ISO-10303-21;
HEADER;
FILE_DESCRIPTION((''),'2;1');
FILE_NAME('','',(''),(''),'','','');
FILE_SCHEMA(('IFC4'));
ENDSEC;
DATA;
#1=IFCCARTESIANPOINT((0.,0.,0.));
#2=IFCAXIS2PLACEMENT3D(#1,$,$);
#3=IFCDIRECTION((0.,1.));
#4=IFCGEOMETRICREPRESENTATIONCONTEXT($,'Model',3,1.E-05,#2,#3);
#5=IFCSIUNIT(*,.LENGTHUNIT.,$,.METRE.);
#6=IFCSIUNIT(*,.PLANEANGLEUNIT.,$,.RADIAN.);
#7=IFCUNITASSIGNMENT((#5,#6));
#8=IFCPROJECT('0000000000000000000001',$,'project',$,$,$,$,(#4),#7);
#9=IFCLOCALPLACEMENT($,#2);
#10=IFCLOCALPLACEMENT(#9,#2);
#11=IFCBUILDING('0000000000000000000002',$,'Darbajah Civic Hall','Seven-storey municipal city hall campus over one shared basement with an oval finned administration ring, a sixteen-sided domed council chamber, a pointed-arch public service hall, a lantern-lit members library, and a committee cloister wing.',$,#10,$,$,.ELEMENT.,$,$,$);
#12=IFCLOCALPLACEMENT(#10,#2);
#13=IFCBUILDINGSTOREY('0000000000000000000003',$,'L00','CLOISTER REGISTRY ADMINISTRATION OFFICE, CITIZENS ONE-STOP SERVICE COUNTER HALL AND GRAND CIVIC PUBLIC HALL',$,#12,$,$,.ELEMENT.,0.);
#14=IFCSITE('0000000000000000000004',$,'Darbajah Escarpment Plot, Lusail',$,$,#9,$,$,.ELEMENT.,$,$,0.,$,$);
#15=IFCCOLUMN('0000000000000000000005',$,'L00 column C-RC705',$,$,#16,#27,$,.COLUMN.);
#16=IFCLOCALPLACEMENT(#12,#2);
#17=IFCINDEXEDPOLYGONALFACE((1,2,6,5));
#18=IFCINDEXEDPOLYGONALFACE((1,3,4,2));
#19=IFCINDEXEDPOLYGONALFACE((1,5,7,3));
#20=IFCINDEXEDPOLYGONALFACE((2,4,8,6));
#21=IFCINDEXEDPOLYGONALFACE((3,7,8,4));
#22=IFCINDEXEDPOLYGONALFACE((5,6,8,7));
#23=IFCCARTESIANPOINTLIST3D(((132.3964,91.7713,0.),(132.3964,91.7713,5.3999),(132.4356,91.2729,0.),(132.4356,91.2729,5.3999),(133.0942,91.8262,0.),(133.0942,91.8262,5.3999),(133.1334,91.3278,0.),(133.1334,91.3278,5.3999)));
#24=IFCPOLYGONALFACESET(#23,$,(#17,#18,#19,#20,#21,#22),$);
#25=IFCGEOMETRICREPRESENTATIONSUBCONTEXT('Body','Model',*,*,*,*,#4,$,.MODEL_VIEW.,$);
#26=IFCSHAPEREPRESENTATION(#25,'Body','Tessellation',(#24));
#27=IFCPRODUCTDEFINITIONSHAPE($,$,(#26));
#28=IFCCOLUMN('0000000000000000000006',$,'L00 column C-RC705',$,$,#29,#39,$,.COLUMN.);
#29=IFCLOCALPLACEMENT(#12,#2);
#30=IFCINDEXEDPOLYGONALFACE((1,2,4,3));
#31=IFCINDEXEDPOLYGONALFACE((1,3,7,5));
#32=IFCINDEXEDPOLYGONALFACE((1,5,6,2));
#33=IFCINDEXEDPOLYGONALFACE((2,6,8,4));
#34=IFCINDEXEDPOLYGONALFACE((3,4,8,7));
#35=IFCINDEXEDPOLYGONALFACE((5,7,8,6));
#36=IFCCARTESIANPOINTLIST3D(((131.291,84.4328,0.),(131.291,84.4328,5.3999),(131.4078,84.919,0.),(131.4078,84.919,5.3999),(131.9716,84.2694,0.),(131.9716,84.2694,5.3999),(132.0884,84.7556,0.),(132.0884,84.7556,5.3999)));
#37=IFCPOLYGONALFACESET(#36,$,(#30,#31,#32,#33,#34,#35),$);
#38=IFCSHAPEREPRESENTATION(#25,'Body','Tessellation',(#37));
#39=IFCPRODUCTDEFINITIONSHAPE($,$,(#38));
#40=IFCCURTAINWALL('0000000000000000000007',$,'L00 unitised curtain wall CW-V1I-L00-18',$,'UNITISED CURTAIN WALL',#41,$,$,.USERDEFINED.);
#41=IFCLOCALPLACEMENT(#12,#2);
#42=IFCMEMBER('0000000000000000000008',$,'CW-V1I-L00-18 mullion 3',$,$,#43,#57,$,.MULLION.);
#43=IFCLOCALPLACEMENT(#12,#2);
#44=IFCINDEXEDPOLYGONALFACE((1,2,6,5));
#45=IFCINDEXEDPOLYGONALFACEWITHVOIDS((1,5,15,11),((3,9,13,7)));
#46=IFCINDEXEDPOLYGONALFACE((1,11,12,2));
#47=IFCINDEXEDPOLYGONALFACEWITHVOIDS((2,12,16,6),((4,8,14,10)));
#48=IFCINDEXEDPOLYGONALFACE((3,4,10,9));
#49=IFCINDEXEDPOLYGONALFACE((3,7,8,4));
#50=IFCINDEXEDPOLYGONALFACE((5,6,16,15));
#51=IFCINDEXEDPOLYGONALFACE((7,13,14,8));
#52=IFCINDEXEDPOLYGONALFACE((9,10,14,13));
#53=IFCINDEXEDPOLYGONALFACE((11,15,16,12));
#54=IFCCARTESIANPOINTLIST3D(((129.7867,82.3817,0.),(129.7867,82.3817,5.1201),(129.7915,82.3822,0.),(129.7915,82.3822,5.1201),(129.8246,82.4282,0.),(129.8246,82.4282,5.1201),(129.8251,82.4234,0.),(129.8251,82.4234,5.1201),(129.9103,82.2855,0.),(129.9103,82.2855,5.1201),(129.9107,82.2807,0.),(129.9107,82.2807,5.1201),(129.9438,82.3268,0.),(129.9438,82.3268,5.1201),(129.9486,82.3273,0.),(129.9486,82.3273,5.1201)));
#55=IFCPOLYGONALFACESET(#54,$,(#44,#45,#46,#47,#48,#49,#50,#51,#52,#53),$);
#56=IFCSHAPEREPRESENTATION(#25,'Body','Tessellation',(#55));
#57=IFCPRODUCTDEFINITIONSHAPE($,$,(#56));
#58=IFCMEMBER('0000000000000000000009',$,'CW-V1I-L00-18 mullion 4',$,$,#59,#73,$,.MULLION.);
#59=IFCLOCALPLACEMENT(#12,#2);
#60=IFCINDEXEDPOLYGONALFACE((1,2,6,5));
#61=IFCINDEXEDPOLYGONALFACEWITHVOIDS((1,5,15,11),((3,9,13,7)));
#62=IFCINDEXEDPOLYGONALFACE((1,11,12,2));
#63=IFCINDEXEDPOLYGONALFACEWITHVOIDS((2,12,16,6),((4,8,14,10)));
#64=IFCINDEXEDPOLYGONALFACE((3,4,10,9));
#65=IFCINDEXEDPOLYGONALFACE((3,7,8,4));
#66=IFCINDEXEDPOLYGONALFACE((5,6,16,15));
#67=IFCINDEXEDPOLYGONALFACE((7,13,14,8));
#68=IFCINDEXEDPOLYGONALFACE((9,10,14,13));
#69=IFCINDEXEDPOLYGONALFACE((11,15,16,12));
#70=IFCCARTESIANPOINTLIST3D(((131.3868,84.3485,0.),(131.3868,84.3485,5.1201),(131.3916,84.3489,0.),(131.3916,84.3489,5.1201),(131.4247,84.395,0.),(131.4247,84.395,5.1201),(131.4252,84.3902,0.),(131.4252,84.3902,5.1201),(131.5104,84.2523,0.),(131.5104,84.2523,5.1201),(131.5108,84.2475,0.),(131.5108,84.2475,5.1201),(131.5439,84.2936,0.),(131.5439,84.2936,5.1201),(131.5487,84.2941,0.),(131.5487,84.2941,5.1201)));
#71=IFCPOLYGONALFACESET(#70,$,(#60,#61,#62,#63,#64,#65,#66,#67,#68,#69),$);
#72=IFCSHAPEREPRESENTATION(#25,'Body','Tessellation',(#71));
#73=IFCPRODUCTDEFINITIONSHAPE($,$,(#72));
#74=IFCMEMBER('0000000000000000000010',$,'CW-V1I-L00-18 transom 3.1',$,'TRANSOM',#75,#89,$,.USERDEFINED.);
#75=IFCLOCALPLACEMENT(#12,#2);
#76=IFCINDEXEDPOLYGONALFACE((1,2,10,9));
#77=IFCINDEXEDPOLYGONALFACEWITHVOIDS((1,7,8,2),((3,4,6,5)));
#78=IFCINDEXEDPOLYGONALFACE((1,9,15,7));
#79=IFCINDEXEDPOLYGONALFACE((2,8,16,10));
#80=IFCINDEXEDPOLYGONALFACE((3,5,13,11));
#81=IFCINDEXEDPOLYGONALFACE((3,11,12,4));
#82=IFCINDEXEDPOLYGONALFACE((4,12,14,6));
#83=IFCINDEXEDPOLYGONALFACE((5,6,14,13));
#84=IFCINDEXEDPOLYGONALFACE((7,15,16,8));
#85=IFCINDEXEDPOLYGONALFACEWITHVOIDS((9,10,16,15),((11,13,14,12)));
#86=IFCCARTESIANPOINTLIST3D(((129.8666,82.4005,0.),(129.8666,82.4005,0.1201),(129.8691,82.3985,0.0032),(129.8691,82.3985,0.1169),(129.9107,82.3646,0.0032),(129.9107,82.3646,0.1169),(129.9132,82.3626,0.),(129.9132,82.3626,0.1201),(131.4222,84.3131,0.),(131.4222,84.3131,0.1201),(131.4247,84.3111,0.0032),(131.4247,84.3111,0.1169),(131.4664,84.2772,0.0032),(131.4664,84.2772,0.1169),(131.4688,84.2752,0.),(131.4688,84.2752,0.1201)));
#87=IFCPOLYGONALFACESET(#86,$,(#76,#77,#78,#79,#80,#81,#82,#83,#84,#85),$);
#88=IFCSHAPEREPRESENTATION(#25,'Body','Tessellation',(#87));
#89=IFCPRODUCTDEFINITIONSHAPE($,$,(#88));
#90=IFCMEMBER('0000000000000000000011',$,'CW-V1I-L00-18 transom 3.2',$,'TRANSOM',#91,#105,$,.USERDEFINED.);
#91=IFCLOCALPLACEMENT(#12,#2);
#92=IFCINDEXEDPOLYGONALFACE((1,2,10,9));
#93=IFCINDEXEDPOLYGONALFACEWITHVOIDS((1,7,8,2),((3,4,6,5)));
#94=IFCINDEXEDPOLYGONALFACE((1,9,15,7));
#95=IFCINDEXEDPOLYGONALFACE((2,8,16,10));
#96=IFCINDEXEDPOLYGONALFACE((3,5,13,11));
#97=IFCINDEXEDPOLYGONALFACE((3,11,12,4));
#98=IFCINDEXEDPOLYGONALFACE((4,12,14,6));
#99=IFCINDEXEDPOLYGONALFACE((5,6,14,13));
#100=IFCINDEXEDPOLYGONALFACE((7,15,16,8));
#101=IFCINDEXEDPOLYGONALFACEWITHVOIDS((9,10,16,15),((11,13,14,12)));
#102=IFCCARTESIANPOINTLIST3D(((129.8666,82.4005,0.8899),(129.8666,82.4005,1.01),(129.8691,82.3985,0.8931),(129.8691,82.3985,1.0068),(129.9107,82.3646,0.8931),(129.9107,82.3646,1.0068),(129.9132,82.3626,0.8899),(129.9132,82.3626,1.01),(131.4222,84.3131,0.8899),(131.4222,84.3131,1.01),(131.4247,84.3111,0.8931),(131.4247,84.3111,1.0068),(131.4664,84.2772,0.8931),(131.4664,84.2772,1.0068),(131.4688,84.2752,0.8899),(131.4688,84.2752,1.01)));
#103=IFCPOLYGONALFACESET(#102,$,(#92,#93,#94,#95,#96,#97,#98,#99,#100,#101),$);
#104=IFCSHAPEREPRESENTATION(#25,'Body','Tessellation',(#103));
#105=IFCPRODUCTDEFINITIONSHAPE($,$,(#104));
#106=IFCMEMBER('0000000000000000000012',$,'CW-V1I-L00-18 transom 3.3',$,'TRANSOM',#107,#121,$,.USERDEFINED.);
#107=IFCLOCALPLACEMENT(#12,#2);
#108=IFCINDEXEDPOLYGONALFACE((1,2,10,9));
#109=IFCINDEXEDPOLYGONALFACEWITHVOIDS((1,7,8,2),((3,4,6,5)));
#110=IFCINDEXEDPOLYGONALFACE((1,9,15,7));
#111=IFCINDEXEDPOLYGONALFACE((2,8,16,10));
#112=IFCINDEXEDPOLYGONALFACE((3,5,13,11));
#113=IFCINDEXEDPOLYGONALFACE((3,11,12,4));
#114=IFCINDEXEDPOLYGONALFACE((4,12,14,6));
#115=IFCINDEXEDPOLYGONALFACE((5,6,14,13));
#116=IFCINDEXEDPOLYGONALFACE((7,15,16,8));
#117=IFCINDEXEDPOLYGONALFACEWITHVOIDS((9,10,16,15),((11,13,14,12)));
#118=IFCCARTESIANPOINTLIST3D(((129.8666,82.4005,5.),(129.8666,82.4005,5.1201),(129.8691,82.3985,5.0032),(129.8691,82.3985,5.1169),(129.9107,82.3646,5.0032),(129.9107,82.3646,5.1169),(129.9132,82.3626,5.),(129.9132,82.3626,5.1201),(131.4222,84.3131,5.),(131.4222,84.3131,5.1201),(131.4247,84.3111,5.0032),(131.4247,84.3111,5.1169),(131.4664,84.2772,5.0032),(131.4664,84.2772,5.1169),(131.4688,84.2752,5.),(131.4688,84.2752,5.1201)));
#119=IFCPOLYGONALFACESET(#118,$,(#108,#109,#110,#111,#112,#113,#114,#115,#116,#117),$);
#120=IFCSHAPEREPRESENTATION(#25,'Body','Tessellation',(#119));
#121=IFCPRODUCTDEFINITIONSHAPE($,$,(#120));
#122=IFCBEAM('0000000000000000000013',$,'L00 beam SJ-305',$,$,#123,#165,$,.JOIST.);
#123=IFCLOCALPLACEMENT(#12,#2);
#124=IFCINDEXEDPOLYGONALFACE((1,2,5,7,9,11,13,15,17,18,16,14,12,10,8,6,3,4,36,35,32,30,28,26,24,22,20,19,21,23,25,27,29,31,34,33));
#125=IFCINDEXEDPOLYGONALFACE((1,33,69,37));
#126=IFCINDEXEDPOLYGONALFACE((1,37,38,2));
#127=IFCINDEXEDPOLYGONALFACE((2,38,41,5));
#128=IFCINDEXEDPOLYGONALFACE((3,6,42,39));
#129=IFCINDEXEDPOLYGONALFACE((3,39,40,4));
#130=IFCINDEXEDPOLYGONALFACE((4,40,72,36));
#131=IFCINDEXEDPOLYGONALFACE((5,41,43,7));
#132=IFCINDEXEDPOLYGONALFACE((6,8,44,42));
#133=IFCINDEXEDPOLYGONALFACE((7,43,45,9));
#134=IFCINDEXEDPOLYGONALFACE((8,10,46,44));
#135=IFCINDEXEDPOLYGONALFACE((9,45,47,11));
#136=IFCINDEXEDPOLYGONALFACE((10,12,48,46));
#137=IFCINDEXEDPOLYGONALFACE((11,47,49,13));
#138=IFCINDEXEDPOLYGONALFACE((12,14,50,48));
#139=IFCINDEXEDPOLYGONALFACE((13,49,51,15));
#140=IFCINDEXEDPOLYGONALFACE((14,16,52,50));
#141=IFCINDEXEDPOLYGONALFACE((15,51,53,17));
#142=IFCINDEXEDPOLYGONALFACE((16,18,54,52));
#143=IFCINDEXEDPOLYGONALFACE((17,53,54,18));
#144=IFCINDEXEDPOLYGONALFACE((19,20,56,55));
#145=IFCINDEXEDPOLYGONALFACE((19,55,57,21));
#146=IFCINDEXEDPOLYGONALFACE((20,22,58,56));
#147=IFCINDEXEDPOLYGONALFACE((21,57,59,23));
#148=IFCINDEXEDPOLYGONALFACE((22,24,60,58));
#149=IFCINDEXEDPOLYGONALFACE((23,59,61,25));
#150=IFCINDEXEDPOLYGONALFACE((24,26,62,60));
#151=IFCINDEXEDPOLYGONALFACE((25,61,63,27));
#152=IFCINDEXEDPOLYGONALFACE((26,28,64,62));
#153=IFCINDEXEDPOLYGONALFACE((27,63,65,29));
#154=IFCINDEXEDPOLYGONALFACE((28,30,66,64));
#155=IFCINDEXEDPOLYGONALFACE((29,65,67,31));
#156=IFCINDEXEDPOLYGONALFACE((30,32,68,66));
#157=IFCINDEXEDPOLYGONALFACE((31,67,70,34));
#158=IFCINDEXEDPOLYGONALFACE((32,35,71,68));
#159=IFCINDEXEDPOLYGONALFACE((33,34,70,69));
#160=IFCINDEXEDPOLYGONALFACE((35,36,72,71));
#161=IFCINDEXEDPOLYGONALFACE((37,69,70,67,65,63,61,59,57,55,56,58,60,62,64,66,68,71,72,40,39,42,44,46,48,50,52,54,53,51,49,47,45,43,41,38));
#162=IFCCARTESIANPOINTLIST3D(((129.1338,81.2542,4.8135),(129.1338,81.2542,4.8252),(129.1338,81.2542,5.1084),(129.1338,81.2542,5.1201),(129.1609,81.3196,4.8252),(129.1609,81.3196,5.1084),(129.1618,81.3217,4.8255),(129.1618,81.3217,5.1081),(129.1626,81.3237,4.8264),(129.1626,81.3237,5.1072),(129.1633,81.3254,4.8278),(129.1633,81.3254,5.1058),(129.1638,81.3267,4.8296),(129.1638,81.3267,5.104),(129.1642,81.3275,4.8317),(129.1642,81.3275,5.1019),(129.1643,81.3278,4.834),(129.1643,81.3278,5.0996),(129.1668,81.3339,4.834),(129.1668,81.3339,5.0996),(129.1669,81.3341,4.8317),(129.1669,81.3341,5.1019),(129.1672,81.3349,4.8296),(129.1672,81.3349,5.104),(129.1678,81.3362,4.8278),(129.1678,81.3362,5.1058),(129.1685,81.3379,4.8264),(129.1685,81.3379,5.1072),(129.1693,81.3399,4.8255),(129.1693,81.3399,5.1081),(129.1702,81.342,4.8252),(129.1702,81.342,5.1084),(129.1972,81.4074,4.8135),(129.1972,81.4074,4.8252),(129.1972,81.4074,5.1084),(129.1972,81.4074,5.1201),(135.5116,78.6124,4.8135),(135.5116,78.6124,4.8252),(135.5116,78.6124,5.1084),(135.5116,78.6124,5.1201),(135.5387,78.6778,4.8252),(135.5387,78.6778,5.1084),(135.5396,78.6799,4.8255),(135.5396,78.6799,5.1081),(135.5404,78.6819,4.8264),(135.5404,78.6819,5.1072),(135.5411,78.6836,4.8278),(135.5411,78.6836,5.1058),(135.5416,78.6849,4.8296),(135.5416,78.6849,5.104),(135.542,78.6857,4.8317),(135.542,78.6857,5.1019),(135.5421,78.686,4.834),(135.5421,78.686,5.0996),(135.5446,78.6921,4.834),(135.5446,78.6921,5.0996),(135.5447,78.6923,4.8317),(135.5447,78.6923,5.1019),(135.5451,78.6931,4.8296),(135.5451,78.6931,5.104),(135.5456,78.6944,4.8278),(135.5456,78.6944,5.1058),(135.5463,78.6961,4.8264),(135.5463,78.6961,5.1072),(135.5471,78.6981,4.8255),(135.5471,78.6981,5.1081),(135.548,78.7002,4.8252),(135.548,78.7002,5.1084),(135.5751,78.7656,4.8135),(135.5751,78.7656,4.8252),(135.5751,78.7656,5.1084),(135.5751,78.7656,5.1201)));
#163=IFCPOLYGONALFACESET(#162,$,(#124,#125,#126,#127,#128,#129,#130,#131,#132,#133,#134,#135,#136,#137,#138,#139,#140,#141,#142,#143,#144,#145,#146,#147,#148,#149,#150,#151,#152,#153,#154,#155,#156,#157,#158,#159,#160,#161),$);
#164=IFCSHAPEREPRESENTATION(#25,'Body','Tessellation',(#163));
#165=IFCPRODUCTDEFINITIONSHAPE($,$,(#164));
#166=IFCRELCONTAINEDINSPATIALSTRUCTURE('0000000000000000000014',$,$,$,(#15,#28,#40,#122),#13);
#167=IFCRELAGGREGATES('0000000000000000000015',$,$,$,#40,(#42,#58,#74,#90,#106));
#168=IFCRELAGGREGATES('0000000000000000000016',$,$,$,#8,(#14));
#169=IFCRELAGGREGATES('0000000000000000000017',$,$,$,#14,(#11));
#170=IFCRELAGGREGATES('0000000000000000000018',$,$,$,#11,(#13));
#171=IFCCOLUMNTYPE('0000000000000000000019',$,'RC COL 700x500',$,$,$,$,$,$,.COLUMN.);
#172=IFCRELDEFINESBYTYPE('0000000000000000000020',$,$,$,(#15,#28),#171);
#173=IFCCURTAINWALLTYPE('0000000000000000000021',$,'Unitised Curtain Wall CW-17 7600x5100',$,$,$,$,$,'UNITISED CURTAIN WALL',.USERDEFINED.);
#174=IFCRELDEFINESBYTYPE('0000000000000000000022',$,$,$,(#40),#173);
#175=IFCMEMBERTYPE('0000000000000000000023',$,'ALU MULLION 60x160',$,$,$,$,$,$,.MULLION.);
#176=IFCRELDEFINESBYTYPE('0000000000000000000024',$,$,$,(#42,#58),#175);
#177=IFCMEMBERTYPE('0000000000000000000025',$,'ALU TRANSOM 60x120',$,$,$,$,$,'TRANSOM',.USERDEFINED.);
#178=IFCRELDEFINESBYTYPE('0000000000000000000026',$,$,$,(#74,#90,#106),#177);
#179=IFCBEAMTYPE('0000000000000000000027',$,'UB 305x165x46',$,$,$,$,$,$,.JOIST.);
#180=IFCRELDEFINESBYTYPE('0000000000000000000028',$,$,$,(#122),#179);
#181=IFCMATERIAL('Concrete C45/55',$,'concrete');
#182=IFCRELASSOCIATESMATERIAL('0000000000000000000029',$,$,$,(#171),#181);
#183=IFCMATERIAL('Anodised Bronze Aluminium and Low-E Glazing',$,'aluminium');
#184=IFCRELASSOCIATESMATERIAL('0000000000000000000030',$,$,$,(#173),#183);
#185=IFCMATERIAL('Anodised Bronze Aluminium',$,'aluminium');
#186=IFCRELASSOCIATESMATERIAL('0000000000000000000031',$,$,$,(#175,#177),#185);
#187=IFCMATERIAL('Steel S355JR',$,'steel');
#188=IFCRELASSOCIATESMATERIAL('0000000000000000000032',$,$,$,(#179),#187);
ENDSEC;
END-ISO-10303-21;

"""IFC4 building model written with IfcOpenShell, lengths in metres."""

from ifc_helpers import new_model, si_unit, direction, frame, origin, origin_2d, place, context, subcontext, project, spatial, rectangle, hollow_rectangle, i_section, extrude, material, material_profile, profile_set, type_object, element, aggregate, save


model = new_model("IFC4")

# Units and contexts
model_context = context("Model", 3, precision=1e-05, world=origin(), true_north=direction((0.0, 1.0)))
body_context = subcontext(model_context, "Body", "Model", "MODEL_VIEW")
ifc_project = project(units=[si_unit("LENGTHUNIT", "METRE"), si_unit("PLANEANGLEUNIT", "RADIAN")], contexts=[model_context])

# Site, building, storey
site_placement = place(None, origin())
site = spatial("IfcSite", under=ifc_project, at=site_placement, Name="Darbajah Escarpment Plot, Lusail", CompositionType="ELEMENT", RefElevation=0.0)
building_placement = place(site_placement, origin())
building = spatial("IfcBuilding", under=site, at=building_placement, Name="Darbajah Civic Hall", Description="Seven-storey municipal city hall campus over one shared basement with an oval finned administration ring, a sixteen-sided domed council chamber, a pointed-arch public service hall, a lantern-lit members library, and a committee cloister wing.", CompositionType="ELEMENT")
storey_placement = place(building_placement, origin())
storey = spatial("IfcBuildingStorey", under=building, at=storey_placement, Name="L00", Description="CLOISTER REGISTRY ADMINISTRATION OFFICE, CITIZENS ONE-STOP SERVICE COUNTER HALL AND GRAND CIVIC PUBLIC HALL", CompositionType="ELEMENT", Elevation=0.0)

# Columns
ifc_material_1 = material(Name="Concrete C45/55", Category="concrete")
ifc_material_profile_1 = material_profile(ifc_material_1, rectangle(XDim=0.7, YDim=0.5, at=origin_2d()), Name="RC COL 700x500")
ifc_profile_set_1 = profile_set([ifc_material_profile_1], Name="Concrete C45/55")
column_type = type_object("IfcColumnType", Name="RC COL 700x500", PredefinedType="COLUMN", material=ifc_profile_set_1)
for number, where, z_axis, x_axis, name in (
    (1, (132.7649, 91.5496, 0.0), (0.0, 0.0, 1.0), (0.996917, 0.078459, 0.0), "L00 column C-RC705"),
    (2, (131.6897, 84.5942, 0.0), (0.0, 0.0, 1.0), (0.97237, -0.233445, 0.0), "L00 column C-RC705"),
):
    element("IfcColumn", number, at=place(storey_placement, frame(where, z_axis=z_axis, x_axis=x_axis)), inside=storey, type_object=column_type, Name=name, PredefinedType="COLUMN", context=body_context, shape_type="SweptSolid", body=[
        extrude(rectangle(XDim=0.7, YDim=0.5, at=origin_2d()), origin(), (0.0, 0.0, 1.0), 5.3999),
    ])

# Curtain wall, members
ifc_material_2 = material(Name="Anodised Bronze Aluminium and Low-E Glazing", Category="aluminium")
curtain_wall_type = type_object("IfcCurtainWallType", Name="Unitised Curtain Wall CW-17 7600x5100", ElementType="UNITISED CURTAIN WALL", PredefinedType="USERDEFINED", material=ifc_material_2)
curtain_wall_placement = place(storey_placement, origin())
curtain_wall = element("IfcCurtainWall", 3, at=curtain_wall_placement, inside=storey, type_object=curtain_wall_type, Name="L00 unitised curtain wall CW-V1I-L00-18", ObjectType="UNITISED CURTAIN WALL", PredefinedType="USERDEFINED")
ifc_material_3 = material(Name="Anodised Bronze Aluminium", Category="aluminium")
ifc_material_profile_2 = material_profile(ifc_material_3, hollow_rectangle(XDim=0.0601, YDim=0.1599, WallThickness=0.0034, at=origin_2d()), Name="ALU MULLION 60x160")
ifc_profile_set_2 = profile_set([ifc_material_profile_2], Name="Anodised Bronze Aluminium")
member_type_1 = type_object("IfcMemberType", Name="ALU MULLION 60x160", PredefinedType="MULLION", material=ifc_profile_set_2)
member_1_placement = place(storey_placement, frame((129.8677, 82.3545, 0.0), z_axis=(0.0, 0.0, 1.0), x_axis=(0.631082, 0.775716, 0.0)))
member_1 = element("IfcMember", 4, at=member_1_placement, type_object=member_type_1, Name="CW-V1I-L00-18 mullion 3", PredefinedType="MULLION", context=body_context, shape_type="SweptSolid", body=[
    extrude(hollow_rectangle(XDim=0.0601, YDim=0.1599, WallThickness=0.0034, at=origin_2d()), origin(), (0.0, 0.0, 1.0), 5.1201),
])
member_2_placement = place(storey_placement, frame((131.4678, 84.3213, 0.0), z_axis=(0.0, 0.0, 1.0), x_axis=(0.631082, 0.775716, 0.0)))
member_2 = element("IfcMember", 5, at=member_2_placement, type_object=member_type_1, Name="CW-V1I-L00-18 mullion 4", PredefinedType="MULLION", context=body_context, shape_type="SweptSolid", body=[
    extrude(hollow_rectangle(XDim=0.0601, YDim=0.1599, WallThickness=0.0034, at=origin_2d()), origin(), (0.0, 0.0, 1.0), 5.1201),
])
ifc_material_profile_3 = material_profile(ifc_material_3, hollow_rectangle(XDim=0.0601, YDim=0.1201, WallThickness=0.0032, at=origin_2d()), Name="ALU TRANSOM 60x120")
ifc_profile_set_3 = profile_set([ifc_material_profile_3], Name="Anodised Bronze Aluminium")
member_type_2 = type_object("IfcMemberType", Name="ALU TRANSOM 60x120", ElementType="TRANSOM", PredefinedType="USERDEFINED", material=ifc_profile_set_3)
member_3_placement = place(storey_placement, frame((129.8899, 82.3816, 0.0601), z_axis=(0.631003, 0.775781, 0.0), x_axis=(-0.775781, 0.631003, 0.0)))
member_3 = element("IfcMember", 6, at=member_3_placement, type_object=member_type_2, Name="CW-V1I-L00-18 transom 3.1", ObjectType="TRANSOM", PredefinedType="USERDEFINED", context=body_context, shape_type="SweptSolid", body=[
    extrude(hollow_rectangle(XDim=0.0601, YDim=0.1201, WallThickness=0.0032, at=origin_2d()), origin(), (0.0, 0.0, 1.0), 2.4653),
])
member_4_placement = place(storey_placement, frame((129.8899, 82.3816, 0.95), z_axis=(0.631003, 0.775781, 0.0), x_axis=(-0.775781, 0.631003, 0.0)))
member_4 = element("IfcMember", 7, at=member_4_placement, type_object=member_type_2, Name="CW-V1I-L00-18 transom 3.2", ObjectType="TRANSOM", PredefinedType="USERDEFINED", context=body_context, shape_type="SweptSolid", body=[
    extrude(hollow_rectangle(XDim=0.0601, YDim=0.1201, WallThickness=0.0032, at=origin_2d()), origin(), (0.0, 0.0, 1.0), 2.4653),
])
member_5_placement = place(storey_placement, frame((129.8899, 82.3816, 5.0601), z_axis=(0.631003, 0.775781, 0.0), x_axis=(-0.775781, 0.631003, 0.0)))
member_5 = element("IfcMember", 8, at=member_5_placement, type_object=member_type_2, Name="CW-V1I-L00-18 transom 3.3", ObjectType="TRANSOM", PredefinedType="USERDEFINED", context=body_context, shape_type="SweptSolid", body=[
    extrude(hollow_rectangle(XDim=0.0601, YDim=0.1201, WallThickness=0.0032, at=origin_2d()), origin(), (0.0, 0.0, 1.0), 2.4653),
])

# Beam
ifc_material_4 = material(Name="Steel S355JR", Category="steel")
ifc_material_profile_4 = material_profile(ifc_material_4, i_section(OverallWidth=0.1658, OverallDepth=0.3066, WebThickness=0.0066, FlangeThickness=0.0117, FilletRadius=0.0088, at=origin_2d()), Name="UB 305x165x46")
ifc_profile_set_4 = profile_set([ifc_material_profile_4], Name="Steel S355JR")
beam_type_1 = type_object("IfcBeamType", Name="UB 305x165x46", PredefinedType="JOIST", material=ifc_profile_set_4)
for number, where, z_axis, x_axis, name in (
    (9, (129.1655, 81.3308, 4.9668), (0.923878, -0.382686, 0.0), (0.382686, 0.923878, 0.0), "L00 beam SJ-305"),
):
    element("IfcBeam", number, at=place(storey_placement, frame(where, z_axis=z_axis, x_axis=x_axis)), inside=storey, type_object=beam_type_1, Name=name, PredefinedType="JOIST", context=body_context, shape_type="SweptSolid", body=[
        extrude(i_section(OverallWidth=0.1658, OverallDepth=0.3066, WebThickness=0.0066, FlangeThickness=0.0117, FilletRadius=0.0088, at=origin_2d()), origin(), (0.0, 0.0, 1.0), 6.9033),
    ])

aggregate(curtain_wall, [member_1, member_2, member_3, member_4, member_5])

save(model, "model.ifc")
